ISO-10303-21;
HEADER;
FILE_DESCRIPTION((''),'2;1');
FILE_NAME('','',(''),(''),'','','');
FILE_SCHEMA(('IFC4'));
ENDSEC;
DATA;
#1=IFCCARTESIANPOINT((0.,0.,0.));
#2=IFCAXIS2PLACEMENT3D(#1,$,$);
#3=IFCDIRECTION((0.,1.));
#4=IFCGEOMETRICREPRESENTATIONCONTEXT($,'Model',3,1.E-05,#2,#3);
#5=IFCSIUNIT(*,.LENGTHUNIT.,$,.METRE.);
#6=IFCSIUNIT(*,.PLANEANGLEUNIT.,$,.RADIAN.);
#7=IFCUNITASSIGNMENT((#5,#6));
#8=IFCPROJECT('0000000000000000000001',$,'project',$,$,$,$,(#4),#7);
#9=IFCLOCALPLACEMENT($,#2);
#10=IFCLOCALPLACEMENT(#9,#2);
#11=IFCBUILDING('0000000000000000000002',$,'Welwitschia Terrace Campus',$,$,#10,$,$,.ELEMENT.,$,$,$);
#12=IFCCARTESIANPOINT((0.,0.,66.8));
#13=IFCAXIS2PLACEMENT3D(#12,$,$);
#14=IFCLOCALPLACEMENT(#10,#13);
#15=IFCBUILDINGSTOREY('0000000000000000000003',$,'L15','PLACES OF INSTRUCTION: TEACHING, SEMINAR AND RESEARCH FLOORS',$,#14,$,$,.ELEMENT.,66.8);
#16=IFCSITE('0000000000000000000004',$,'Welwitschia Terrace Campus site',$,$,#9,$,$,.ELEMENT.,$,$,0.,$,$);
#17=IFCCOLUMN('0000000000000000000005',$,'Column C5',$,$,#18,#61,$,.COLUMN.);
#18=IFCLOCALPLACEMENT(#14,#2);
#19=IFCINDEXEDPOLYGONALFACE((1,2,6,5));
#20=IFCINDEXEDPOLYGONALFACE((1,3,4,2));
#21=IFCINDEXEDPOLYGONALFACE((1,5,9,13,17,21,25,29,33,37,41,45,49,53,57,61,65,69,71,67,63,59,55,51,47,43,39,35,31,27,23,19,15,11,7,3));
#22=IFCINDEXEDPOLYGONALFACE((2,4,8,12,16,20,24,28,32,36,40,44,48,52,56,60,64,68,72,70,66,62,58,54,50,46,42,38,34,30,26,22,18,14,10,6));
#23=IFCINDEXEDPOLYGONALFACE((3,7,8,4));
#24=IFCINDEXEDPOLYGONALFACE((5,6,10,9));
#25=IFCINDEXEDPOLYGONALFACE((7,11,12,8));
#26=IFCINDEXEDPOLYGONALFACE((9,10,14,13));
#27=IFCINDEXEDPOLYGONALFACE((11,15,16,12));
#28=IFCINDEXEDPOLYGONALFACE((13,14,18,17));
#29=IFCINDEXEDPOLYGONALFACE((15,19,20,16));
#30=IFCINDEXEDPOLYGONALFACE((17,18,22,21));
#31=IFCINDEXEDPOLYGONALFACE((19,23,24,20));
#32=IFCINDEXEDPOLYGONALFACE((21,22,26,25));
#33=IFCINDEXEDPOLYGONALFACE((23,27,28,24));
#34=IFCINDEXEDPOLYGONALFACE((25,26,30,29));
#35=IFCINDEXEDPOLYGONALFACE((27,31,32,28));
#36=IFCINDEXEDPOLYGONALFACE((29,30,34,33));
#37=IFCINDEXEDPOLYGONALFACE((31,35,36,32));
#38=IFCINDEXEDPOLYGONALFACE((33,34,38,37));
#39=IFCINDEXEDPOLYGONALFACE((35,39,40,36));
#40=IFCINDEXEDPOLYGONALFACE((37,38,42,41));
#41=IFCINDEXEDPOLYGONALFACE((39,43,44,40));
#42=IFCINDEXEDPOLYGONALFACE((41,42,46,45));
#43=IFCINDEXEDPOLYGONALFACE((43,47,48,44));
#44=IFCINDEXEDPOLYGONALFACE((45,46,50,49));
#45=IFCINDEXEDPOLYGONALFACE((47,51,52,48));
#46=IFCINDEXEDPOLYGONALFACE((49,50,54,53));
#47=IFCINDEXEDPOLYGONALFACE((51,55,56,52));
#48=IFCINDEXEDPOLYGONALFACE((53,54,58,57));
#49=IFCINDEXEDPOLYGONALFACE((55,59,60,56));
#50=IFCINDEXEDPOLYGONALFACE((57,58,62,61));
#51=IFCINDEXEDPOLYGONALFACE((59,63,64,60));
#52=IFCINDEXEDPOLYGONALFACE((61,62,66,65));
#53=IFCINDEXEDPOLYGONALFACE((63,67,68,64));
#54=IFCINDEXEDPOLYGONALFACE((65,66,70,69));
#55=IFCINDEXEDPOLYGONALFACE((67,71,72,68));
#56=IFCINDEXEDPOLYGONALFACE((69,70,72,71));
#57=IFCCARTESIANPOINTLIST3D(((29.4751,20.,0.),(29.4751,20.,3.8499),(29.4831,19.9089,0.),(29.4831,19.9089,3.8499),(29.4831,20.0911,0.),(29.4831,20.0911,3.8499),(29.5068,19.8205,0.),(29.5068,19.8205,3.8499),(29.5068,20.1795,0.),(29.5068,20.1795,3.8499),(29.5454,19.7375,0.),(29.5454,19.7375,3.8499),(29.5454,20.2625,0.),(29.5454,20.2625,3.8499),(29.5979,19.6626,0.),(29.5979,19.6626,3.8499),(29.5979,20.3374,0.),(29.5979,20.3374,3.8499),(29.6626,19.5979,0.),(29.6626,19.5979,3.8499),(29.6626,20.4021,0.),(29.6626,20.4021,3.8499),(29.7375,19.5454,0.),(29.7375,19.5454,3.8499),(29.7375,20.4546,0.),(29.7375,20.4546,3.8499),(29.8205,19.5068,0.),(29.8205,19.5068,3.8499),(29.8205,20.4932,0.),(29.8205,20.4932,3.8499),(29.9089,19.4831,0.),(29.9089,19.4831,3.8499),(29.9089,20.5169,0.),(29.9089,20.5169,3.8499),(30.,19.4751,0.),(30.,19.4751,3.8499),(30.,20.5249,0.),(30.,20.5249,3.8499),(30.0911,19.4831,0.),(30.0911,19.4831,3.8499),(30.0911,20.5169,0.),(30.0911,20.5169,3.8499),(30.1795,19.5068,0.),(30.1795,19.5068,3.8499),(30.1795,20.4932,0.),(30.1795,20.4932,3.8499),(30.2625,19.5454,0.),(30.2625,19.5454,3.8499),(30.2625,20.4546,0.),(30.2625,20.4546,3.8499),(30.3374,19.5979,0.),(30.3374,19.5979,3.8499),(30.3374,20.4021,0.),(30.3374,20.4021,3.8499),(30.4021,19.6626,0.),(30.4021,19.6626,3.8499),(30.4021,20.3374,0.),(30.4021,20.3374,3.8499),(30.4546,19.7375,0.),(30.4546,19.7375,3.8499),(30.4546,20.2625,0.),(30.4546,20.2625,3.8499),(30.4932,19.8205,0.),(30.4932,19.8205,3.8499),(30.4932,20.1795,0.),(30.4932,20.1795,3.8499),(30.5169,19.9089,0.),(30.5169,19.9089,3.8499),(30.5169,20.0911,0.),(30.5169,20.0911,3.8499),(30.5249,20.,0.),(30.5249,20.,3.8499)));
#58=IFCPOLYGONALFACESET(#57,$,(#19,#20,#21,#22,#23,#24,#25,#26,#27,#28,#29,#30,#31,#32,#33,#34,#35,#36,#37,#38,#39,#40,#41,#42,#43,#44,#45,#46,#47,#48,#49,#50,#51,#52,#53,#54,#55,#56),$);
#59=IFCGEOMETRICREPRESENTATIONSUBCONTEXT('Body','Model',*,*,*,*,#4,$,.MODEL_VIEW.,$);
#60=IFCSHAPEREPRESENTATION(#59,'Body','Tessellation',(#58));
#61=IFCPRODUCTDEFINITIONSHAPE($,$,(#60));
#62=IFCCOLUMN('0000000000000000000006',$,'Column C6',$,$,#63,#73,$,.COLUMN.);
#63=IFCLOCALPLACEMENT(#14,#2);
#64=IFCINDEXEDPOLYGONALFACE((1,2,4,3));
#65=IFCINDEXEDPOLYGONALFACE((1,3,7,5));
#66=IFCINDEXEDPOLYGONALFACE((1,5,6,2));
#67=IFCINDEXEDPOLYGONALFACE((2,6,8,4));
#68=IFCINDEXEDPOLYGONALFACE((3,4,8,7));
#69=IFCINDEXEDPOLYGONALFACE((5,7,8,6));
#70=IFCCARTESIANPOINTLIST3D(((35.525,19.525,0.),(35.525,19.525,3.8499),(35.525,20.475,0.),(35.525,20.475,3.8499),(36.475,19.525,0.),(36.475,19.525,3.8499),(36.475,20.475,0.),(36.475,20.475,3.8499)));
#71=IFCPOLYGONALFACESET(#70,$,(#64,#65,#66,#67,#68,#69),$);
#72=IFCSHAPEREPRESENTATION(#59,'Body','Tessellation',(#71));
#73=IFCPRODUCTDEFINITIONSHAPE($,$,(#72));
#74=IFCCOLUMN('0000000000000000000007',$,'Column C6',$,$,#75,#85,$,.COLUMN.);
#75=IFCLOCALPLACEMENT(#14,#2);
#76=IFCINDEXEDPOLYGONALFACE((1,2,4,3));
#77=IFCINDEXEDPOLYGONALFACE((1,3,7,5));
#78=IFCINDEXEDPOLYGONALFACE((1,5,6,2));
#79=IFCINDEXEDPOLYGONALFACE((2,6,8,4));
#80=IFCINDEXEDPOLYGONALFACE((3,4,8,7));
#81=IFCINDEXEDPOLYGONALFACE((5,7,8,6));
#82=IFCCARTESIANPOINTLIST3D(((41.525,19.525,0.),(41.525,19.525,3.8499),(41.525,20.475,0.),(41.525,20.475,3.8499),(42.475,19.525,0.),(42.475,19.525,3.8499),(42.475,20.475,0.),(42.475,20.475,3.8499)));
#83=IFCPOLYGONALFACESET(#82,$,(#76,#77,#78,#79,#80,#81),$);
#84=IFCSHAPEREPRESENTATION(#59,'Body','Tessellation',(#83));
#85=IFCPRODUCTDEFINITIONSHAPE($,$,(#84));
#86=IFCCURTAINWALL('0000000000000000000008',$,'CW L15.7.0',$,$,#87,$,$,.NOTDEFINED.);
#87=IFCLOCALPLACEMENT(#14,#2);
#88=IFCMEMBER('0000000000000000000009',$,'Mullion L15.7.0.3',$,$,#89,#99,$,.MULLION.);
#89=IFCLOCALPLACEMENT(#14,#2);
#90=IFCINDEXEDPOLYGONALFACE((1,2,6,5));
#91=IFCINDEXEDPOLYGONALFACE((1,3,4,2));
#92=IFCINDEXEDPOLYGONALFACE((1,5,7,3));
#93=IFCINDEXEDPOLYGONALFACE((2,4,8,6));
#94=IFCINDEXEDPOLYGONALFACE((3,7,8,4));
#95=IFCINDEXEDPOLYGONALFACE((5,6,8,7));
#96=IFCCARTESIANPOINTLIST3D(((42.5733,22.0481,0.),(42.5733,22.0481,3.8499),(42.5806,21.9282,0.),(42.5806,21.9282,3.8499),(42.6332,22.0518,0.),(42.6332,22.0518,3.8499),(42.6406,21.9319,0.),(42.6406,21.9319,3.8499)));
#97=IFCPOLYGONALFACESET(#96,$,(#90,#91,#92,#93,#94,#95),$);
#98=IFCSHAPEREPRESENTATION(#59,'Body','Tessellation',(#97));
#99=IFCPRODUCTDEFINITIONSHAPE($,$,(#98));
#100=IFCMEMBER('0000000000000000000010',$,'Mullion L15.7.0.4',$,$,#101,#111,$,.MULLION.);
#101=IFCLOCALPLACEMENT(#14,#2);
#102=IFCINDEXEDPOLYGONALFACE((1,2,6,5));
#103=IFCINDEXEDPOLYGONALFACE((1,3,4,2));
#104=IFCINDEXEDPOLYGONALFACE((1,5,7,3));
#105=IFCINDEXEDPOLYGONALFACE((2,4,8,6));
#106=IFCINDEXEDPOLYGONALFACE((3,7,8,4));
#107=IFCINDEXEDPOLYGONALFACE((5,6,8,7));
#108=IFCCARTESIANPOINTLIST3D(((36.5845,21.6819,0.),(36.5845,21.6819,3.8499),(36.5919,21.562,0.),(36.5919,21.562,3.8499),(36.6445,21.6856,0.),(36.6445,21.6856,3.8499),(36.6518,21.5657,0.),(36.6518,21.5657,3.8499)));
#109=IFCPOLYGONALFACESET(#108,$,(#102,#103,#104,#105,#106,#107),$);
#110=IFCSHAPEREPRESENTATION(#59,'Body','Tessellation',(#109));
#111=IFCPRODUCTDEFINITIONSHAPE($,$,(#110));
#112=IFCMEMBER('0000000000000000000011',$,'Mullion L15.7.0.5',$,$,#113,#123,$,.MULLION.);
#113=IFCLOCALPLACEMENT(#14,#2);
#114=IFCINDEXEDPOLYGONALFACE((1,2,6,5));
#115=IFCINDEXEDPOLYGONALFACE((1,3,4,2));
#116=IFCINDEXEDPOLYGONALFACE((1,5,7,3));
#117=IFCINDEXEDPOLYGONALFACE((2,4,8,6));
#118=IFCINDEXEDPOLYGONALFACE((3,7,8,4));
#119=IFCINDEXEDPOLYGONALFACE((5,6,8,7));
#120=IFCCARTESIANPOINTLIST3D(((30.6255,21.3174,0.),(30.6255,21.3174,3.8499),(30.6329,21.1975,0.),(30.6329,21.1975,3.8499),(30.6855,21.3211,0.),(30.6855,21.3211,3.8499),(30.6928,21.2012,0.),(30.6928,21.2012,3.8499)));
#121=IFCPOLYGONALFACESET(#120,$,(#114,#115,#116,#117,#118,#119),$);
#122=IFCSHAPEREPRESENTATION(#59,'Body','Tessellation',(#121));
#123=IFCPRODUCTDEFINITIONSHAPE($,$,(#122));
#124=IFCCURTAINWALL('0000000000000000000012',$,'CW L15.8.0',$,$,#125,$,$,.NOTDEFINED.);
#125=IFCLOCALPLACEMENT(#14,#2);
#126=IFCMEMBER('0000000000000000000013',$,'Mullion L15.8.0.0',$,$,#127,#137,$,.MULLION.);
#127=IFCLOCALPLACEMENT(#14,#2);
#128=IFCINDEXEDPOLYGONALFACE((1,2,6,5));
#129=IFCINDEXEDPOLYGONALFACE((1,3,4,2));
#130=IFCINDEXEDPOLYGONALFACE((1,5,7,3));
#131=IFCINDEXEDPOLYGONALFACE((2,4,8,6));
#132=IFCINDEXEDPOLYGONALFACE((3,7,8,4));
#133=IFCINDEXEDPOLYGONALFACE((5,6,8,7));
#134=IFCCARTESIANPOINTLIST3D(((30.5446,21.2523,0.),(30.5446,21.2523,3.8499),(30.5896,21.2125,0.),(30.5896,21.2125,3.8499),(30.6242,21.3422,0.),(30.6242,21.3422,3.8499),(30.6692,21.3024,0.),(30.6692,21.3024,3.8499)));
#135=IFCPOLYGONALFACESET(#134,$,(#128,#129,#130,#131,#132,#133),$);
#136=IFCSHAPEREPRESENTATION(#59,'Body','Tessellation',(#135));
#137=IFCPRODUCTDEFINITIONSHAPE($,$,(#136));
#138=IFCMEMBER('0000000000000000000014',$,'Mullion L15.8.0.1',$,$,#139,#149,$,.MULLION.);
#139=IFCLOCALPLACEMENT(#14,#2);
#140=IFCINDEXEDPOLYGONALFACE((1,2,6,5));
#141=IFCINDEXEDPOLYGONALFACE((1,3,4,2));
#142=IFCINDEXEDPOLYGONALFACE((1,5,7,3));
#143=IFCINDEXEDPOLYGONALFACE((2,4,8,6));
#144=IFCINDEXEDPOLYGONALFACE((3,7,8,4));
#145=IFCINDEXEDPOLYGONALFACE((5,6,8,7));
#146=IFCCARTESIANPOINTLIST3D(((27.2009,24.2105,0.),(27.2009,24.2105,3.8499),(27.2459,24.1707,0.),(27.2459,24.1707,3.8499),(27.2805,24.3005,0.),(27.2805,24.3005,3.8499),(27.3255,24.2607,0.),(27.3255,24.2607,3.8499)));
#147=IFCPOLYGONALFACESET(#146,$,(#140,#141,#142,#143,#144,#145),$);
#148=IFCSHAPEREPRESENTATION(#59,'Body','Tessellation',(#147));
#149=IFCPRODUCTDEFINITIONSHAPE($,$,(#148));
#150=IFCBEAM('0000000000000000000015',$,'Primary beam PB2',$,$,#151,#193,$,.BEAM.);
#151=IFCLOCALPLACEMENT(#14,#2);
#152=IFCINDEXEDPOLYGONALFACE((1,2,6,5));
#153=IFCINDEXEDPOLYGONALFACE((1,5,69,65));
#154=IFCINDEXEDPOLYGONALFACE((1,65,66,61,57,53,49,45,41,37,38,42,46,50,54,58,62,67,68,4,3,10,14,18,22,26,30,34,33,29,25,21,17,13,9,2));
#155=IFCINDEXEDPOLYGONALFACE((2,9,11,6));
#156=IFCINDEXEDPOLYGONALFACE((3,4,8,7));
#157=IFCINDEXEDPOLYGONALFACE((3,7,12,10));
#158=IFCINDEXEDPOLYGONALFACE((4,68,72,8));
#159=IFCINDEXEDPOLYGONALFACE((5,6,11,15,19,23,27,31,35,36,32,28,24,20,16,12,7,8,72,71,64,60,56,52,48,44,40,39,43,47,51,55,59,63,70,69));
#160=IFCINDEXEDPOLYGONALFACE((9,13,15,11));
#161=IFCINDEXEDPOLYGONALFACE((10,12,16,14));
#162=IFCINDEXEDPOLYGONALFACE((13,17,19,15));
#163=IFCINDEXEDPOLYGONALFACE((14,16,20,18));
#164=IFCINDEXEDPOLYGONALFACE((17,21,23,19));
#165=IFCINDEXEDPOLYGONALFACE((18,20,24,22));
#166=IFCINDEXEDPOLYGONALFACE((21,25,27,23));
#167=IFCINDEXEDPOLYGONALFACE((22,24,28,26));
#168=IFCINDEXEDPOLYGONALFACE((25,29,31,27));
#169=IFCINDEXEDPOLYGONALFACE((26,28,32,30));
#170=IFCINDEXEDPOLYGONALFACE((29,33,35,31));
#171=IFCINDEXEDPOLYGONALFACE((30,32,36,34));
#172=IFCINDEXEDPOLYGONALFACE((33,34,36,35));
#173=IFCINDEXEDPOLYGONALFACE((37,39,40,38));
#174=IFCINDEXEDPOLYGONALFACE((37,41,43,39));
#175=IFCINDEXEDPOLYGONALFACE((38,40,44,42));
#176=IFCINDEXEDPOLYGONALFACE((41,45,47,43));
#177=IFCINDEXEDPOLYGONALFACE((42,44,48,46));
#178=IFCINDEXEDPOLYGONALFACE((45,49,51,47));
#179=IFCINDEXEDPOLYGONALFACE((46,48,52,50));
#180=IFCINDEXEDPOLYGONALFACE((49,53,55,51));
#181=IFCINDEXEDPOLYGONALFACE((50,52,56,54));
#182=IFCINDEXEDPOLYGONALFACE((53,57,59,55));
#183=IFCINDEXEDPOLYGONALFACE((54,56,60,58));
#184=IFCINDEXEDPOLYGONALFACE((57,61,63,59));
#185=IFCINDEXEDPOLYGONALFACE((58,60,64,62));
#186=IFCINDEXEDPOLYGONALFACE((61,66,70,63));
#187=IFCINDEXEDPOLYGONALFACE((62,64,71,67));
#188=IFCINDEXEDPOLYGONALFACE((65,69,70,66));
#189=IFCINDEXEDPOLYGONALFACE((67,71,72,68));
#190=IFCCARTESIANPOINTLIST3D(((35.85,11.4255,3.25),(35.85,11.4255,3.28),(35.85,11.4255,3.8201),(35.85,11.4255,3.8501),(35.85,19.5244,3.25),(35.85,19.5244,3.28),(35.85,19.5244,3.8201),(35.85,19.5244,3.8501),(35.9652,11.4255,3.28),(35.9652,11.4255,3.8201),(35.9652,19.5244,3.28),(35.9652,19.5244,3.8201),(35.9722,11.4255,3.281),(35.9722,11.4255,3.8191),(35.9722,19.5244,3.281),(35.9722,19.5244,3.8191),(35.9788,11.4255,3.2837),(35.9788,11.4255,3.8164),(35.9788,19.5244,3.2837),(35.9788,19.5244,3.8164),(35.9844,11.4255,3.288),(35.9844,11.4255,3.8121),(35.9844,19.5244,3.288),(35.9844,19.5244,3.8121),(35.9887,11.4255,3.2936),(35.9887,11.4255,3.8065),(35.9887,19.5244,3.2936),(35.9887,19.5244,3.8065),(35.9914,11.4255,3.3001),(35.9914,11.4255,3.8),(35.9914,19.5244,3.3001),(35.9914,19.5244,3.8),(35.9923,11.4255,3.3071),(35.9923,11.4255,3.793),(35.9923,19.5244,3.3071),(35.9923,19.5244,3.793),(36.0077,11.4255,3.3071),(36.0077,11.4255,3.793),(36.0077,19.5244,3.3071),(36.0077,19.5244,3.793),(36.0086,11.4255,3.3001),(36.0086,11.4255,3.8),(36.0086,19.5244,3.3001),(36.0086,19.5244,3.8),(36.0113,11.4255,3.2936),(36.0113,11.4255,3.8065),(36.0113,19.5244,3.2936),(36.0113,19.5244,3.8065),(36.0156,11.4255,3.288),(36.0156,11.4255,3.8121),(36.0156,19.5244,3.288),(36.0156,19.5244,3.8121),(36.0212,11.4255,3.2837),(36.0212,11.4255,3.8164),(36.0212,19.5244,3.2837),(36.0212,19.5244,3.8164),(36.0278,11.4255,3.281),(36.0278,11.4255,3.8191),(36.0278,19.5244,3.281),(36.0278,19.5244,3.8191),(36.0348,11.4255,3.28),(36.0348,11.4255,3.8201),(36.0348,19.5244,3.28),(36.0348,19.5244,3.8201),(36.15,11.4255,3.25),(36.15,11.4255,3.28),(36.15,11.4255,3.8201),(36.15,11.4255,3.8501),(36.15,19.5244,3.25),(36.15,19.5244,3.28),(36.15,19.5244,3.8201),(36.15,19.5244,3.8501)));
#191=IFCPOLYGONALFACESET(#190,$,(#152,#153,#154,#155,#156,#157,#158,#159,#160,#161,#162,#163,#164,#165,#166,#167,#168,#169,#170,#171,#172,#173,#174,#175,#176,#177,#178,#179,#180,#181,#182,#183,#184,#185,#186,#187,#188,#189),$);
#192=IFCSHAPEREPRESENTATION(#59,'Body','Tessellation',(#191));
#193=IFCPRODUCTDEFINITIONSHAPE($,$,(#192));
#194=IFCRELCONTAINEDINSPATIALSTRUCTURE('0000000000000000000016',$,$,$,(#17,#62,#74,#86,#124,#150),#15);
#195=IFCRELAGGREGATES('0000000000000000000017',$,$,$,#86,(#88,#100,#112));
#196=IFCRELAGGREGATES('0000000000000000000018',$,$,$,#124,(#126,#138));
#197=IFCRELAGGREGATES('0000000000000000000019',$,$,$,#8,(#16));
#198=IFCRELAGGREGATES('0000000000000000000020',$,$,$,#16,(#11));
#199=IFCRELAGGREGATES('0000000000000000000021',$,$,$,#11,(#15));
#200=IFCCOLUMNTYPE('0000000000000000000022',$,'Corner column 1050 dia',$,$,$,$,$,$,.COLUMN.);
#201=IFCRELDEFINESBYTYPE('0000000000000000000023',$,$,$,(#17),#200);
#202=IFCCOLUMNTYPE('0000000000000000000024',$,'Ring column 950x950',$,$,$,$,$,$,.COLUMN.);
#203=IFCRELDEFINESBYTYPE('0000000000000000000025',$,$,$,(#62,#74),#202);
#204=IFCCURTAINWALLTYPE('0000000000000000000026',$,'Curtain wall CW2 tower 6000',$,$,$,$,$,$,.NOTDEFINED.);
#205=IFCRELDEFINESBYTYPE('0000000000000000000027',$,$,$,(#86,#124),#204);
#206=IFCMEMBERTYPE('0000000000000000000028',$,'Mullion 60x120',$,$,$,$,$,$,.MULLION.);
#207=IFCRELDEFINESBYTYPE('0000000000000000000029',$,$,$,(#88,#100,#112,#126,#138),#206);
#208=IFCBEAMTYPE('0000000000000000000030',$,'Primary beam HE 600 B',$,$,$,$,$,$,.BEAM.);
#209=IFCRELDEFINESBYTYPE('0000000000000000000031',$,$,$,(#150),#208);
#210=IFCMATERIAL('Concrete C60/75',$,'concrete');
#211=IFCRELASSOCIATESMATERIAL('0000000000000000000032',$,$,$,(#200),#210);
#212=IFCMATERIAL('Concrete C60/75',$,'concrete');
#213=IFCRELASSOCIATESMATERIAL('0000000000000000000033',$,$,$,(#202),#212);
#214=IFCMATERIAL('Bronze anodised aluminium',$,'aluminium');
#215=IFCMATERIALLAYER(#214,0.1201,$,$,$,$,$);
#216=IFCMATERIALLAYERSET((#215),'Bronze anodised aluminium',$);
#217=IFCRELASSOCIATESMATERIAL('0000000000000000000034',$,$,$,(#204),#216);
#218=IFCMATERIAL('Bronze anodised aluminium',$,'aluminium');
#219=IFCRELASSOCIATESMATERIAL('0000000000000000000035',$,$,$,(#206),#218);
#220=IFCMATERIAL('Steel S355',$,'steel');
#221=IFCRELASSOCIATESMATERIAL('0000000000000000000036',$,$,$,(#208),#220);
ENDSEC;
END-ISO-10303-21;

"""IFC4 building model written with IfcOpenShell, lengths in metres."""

from ifc_helpers import new_model, si_unit, direction, frame, origin, origin_2d, place, context, subcontext, project, spatial, rectangle, circle, i_section, extrude, material, layer, layer_set, material_profile, profile_set, type_object, element, aggregate, save


model = new_model("IFC4")

# Units and contexts
model_context = context("Model", 3, precision=1e-05, world=origin(), true_north=direction((0.0, 1.0)))
body_context = subcontext(model_context, "Body", "Model", "MODEL_VIEW")
ifc_project = project(units=[si_unit("LENGTHUNIT", "METRE"), si_unit("PLANEANGLEUNIT", "RADIAN")], contexts=[model_context])

# Site, building, storey
site_placement = place(None, origin())
site = spatial("IfcSite", under=ifc_project, at=site_placement, Name="Welwitschia Terrace Campus site", CompositionType="ELEMENT", RefElevation=0.0)
building_placement = place(site_placement, origin())
building = spatial("IfcBuilding", under=site, at=building_placement, Name="Welwitschia Terrace Campus", CompositionType="ELEMENT")
storey_placement = place(building_placement, frame((0.0, 0.0, 66.8)))
storey = spatial("IfcBuildingStorey", under=building, at=storey_placement, Name="L15", Description="PLACES OF INSTRUCTION: TEACHING, SEMINAR AND RESEARCH FLOORS", CompositionType="ELEMENT", Elevation=66.8)

# Columns
ifc_material_1 = material(Name="Concrete C60/75", Category="concrete")
ifc_material_profile_1 = material_profile(ifc_material_1, circle(Radius=0.5249, at=origin_2d()))
ifc_profile_set_1 = profile_set([ifc_material_profile_1], Name="Concrete C60/75")
column_type_1 = type_object("IfcColumnType", Name="Corner column 1050 dia", PredefinedType="COLUMN", material=ifc_profile_set_1)
column_placement = place(storey_placement, frame((30.0, 20.0, 0.0), z_axis=(0.0, 0.0, 1.0), x_axis=(1.0, 0.0, 0.0)))
element("IfcColumn", 1, at=column_placement, inside=storey, type_object=column_type_1, Name="Column C5", PredefinedType="COLUMN", context=body_context, shape_type="SweptSolid", body=[
    extrude(circle(Radius=0.5249, at=origin_2d()), origin(), (0.0, 0.0, 1.0), 3.8499),
])
ifc_material_2 = material(Name="Concrete C60/75", Category="concrete")
ifc_material_profile_2 = material_profile(ifc_material_2, rectangle(XDim=0.95, YDim=0.95, at=origin_2d()))
ifc_profile_set_2 = profile_set([ifc_material_profile_2], Name="Concrete C60/75")
column_type_2 = type_object("IfcColumnType", Name="Ring column 950x950", PredefinedType="COLUMN", material=ifc_profile_set_2)
for number, where, z_axis, x_axis, name in (
    (2, (36.0, 20.0, 0.0), (0.0, 0.0, 1.0), (1.0, 0.0, 0.0), "Column C6"),
    (3, (42.0, 20.0, 0.0), (0.0, 0.0, 1.0), (1.0, 0.0, 0.0), "Column C6"),
):
    element("IfcColumn", number, at=place(storey_placement, frame(where, z_axis=z_axis, x_axis=x_axis)), inside=storey, type_object=column_type_2, Name=name, PredefinedType="COLUMN", context=body_context, shape_type="SweptSolid", body=[
        extrude(rectangle(XDim=0.95, YDim=0.95, at=origin_2d()), origin(), (0.0, 0.0, 1.0), 3.8499),
    ])

# Curtain walls, members
ifc_material_3 = material(Name="Bronze anodised aluminium", Category="aluminium")
ifc_layer_1 = layer(ifc_material_3, 0.1201)
ifc_layer_set_1 = layer_set([ifc_layer_1], Name="Bronze anodised aluminium")
curtain_wall_type = type_object("IfcCurtainWallType", Name="Curtain wall CW2 tower 6000", PredefinedType="NOTDEFINED", material=ifc_layer_set_1)
curtain_wall_1_placement = place(storey_placement, origin())
curtain_wall_1 = element("IfcCurtainWall", 4, at=curtain_wall_1_placement, inside=storey, type_object=curtain_wall_type, Name="CW L15.7.0", PredefinedType="NOTDEFINED")
ifc_material_4 = material(Name="Bronze anodised aluminium", Category="aluminium")
ifc_material_profile_3 = material_profile(ifc_material_4, rectangle(XDim=0.1201, YDim=0.0601, at=origin_2d()))
ifc_profile_set_3 = profile_set([ifc_material_profile_3], Name="Bronze anodised aluminium")
member_type_1 = type_object("IfcMemberType", Name="Mullion 60x120", PredefinedType="MULLION", material=ifc_profile_set_3)
member_1_placement = place(storey_placement, frame((42.6069, 21.99, 0.0), z_axis=(0.0, 0.0, 1.0), x_axis=(0.061049, -0.998135, 0.0)))
member_1 = element("IfcMember", 5, at=member_1_placement, type_object=member_type_1, Name="Mullion L15.7.0.3", PredefinedType="MULLION", context=body_context, shape_type="SweptSolid", body=[
    extrude(rectangle(XDim=0.1201, YDim=0.0601, at=origin_2d()), origin(), (0.0, 0.0, 1.0), 3.8499),
])
member_2_placement = place(storey_placement, frame((36.6182, 21.6238, 0.0), z_axis=(0.0, 0.0, 1.0), x_axis=(0.061049, -0.998135, 0.0)))
member_2 = element("IfcMember", 6, at=member_2_placement, type_object=member_type_1, Name="Mullion L15.7.0.4", PredefinedType="MULLION", context=body_context, shape_type="SweptSolid", body=[
    extrude(rectangle(XDim=0.1201, YDim=0.0601, at=origin_2d()), origin(), (0.0, 0.0, 1.0), 3.8499),
])
member_3_placement = place(storey_placement, frame((30.6592, 21.2593, 0.0), z_axis=(0.0, 0.0, 1.0), x_axis=(0.061049, -0.998135, 0.0)))
member_3 = element("IfcMember", 7, at=member_3_placement, type_object=member_type_1, Name="Mullion L15.7.0.5", PredefinedType="MULLION", context=body_context, shape_type="SweptSolid", body=[
    extrude(rectangle(XDim=0.1201, YDim=0.0601, at=origin_2d()), origin(), (0.0, 0.0, 1.0), 3.8499),
])
curtain_wall_2_placement = place(storey_placement, origin())
curtain_wall_2 = element("IfcCurtainWall", 8, at=curtain_wall_2_placement, inside=storey, type_object=curtain_wall_type, Name="CW L15.8.0", PredefinedType="NOTDEFINED")
member_4_placement = place(storey_placement, frame((30.6069, 21.2773, 0.0), z_axis=(0.0, 0.0, 1.0), x_axis=(-0.66262, -0.748956, 0.0)))
member_4 = element("IfcMember", 9, at=member_4_placement, type_object=member_type_1, Name="Mullion L15.8.0.0", PredefinedType="MULLION", context=body_context, shape_type="SweptSolid", body=[
    extrude(rectangle(XDim=0.1201, YDim=0.0601, at=origin_2d()), origin(), (0.0, 0.0, 1.0), 3.8499),
])
member_5_placement = place(storey_placement, frame((27.2632, 24.2356, 0.0), z_axis=(0.0, 0.0, 1.0), x_axis=(-0.66262, -0.748956, 0.0)))
member_5 = element("IfcMember", 10, at=member_5_placement, type_object=member_type_1, Name="Mullion L15.8.0.1", PredefinedType="MULLION", context=body_context, shape_type="SweptSolid", body=[
    extrude(rectangle(XDim=0.1201, YDim=0.0601, at=origin_2d()), origin(), (0.0, 0.0, 1.0), 3.8499),
])

# Beam
ifc_material_5 = material(Name="Steel S355", Category="steel")
ifc_material_profile_4 = material_profile(ifc_material_5, i_section(OverallWidth=0.3, OverallDepth=0.6001, WebThickness=0.0154, FlangeThickness=0.03, FilletRadius=0.0271, at=origin_2d()))
ifc_profile_set_4 = profile_set([ifc_material_profile_4], Name="Steel S355")
beam_type_1 = type_object("IfcBeamType", Name="Primary beam HE 600 B", PredefinedType="BEAM", material=ifc_profile_set_4)
beam_1_placement = place(storey_placement, frame((36.0, 19.5244, 3.55), z_axis=(0.0, -1.0, 0.0), x_axis=(1.0, 0.0, 0.0)))
element("IfcBeam", 11, at=beam_1_placement, inside=storey, type_object=beam_type_1, Name="Primary beam PB2", PredefinedType="BEAM", context=body_context, shape_type="SweptSolid", body=[
    extrude(i_section(OverallWidth=0.3, OverallDepth=0.6001, WebThickness=0.0154, FlangeThickness=0.03, FilletRadius=0.0271, at=origin_2d()), origin(), (0.0, 0.0, 1.0), 8.0989),
])

aggregate(curtain_wall_1, [member_1, member_2, member_3])
aggregate(curtain_wall_2, [member_4, member_5])

save(model, "model.ifc")
